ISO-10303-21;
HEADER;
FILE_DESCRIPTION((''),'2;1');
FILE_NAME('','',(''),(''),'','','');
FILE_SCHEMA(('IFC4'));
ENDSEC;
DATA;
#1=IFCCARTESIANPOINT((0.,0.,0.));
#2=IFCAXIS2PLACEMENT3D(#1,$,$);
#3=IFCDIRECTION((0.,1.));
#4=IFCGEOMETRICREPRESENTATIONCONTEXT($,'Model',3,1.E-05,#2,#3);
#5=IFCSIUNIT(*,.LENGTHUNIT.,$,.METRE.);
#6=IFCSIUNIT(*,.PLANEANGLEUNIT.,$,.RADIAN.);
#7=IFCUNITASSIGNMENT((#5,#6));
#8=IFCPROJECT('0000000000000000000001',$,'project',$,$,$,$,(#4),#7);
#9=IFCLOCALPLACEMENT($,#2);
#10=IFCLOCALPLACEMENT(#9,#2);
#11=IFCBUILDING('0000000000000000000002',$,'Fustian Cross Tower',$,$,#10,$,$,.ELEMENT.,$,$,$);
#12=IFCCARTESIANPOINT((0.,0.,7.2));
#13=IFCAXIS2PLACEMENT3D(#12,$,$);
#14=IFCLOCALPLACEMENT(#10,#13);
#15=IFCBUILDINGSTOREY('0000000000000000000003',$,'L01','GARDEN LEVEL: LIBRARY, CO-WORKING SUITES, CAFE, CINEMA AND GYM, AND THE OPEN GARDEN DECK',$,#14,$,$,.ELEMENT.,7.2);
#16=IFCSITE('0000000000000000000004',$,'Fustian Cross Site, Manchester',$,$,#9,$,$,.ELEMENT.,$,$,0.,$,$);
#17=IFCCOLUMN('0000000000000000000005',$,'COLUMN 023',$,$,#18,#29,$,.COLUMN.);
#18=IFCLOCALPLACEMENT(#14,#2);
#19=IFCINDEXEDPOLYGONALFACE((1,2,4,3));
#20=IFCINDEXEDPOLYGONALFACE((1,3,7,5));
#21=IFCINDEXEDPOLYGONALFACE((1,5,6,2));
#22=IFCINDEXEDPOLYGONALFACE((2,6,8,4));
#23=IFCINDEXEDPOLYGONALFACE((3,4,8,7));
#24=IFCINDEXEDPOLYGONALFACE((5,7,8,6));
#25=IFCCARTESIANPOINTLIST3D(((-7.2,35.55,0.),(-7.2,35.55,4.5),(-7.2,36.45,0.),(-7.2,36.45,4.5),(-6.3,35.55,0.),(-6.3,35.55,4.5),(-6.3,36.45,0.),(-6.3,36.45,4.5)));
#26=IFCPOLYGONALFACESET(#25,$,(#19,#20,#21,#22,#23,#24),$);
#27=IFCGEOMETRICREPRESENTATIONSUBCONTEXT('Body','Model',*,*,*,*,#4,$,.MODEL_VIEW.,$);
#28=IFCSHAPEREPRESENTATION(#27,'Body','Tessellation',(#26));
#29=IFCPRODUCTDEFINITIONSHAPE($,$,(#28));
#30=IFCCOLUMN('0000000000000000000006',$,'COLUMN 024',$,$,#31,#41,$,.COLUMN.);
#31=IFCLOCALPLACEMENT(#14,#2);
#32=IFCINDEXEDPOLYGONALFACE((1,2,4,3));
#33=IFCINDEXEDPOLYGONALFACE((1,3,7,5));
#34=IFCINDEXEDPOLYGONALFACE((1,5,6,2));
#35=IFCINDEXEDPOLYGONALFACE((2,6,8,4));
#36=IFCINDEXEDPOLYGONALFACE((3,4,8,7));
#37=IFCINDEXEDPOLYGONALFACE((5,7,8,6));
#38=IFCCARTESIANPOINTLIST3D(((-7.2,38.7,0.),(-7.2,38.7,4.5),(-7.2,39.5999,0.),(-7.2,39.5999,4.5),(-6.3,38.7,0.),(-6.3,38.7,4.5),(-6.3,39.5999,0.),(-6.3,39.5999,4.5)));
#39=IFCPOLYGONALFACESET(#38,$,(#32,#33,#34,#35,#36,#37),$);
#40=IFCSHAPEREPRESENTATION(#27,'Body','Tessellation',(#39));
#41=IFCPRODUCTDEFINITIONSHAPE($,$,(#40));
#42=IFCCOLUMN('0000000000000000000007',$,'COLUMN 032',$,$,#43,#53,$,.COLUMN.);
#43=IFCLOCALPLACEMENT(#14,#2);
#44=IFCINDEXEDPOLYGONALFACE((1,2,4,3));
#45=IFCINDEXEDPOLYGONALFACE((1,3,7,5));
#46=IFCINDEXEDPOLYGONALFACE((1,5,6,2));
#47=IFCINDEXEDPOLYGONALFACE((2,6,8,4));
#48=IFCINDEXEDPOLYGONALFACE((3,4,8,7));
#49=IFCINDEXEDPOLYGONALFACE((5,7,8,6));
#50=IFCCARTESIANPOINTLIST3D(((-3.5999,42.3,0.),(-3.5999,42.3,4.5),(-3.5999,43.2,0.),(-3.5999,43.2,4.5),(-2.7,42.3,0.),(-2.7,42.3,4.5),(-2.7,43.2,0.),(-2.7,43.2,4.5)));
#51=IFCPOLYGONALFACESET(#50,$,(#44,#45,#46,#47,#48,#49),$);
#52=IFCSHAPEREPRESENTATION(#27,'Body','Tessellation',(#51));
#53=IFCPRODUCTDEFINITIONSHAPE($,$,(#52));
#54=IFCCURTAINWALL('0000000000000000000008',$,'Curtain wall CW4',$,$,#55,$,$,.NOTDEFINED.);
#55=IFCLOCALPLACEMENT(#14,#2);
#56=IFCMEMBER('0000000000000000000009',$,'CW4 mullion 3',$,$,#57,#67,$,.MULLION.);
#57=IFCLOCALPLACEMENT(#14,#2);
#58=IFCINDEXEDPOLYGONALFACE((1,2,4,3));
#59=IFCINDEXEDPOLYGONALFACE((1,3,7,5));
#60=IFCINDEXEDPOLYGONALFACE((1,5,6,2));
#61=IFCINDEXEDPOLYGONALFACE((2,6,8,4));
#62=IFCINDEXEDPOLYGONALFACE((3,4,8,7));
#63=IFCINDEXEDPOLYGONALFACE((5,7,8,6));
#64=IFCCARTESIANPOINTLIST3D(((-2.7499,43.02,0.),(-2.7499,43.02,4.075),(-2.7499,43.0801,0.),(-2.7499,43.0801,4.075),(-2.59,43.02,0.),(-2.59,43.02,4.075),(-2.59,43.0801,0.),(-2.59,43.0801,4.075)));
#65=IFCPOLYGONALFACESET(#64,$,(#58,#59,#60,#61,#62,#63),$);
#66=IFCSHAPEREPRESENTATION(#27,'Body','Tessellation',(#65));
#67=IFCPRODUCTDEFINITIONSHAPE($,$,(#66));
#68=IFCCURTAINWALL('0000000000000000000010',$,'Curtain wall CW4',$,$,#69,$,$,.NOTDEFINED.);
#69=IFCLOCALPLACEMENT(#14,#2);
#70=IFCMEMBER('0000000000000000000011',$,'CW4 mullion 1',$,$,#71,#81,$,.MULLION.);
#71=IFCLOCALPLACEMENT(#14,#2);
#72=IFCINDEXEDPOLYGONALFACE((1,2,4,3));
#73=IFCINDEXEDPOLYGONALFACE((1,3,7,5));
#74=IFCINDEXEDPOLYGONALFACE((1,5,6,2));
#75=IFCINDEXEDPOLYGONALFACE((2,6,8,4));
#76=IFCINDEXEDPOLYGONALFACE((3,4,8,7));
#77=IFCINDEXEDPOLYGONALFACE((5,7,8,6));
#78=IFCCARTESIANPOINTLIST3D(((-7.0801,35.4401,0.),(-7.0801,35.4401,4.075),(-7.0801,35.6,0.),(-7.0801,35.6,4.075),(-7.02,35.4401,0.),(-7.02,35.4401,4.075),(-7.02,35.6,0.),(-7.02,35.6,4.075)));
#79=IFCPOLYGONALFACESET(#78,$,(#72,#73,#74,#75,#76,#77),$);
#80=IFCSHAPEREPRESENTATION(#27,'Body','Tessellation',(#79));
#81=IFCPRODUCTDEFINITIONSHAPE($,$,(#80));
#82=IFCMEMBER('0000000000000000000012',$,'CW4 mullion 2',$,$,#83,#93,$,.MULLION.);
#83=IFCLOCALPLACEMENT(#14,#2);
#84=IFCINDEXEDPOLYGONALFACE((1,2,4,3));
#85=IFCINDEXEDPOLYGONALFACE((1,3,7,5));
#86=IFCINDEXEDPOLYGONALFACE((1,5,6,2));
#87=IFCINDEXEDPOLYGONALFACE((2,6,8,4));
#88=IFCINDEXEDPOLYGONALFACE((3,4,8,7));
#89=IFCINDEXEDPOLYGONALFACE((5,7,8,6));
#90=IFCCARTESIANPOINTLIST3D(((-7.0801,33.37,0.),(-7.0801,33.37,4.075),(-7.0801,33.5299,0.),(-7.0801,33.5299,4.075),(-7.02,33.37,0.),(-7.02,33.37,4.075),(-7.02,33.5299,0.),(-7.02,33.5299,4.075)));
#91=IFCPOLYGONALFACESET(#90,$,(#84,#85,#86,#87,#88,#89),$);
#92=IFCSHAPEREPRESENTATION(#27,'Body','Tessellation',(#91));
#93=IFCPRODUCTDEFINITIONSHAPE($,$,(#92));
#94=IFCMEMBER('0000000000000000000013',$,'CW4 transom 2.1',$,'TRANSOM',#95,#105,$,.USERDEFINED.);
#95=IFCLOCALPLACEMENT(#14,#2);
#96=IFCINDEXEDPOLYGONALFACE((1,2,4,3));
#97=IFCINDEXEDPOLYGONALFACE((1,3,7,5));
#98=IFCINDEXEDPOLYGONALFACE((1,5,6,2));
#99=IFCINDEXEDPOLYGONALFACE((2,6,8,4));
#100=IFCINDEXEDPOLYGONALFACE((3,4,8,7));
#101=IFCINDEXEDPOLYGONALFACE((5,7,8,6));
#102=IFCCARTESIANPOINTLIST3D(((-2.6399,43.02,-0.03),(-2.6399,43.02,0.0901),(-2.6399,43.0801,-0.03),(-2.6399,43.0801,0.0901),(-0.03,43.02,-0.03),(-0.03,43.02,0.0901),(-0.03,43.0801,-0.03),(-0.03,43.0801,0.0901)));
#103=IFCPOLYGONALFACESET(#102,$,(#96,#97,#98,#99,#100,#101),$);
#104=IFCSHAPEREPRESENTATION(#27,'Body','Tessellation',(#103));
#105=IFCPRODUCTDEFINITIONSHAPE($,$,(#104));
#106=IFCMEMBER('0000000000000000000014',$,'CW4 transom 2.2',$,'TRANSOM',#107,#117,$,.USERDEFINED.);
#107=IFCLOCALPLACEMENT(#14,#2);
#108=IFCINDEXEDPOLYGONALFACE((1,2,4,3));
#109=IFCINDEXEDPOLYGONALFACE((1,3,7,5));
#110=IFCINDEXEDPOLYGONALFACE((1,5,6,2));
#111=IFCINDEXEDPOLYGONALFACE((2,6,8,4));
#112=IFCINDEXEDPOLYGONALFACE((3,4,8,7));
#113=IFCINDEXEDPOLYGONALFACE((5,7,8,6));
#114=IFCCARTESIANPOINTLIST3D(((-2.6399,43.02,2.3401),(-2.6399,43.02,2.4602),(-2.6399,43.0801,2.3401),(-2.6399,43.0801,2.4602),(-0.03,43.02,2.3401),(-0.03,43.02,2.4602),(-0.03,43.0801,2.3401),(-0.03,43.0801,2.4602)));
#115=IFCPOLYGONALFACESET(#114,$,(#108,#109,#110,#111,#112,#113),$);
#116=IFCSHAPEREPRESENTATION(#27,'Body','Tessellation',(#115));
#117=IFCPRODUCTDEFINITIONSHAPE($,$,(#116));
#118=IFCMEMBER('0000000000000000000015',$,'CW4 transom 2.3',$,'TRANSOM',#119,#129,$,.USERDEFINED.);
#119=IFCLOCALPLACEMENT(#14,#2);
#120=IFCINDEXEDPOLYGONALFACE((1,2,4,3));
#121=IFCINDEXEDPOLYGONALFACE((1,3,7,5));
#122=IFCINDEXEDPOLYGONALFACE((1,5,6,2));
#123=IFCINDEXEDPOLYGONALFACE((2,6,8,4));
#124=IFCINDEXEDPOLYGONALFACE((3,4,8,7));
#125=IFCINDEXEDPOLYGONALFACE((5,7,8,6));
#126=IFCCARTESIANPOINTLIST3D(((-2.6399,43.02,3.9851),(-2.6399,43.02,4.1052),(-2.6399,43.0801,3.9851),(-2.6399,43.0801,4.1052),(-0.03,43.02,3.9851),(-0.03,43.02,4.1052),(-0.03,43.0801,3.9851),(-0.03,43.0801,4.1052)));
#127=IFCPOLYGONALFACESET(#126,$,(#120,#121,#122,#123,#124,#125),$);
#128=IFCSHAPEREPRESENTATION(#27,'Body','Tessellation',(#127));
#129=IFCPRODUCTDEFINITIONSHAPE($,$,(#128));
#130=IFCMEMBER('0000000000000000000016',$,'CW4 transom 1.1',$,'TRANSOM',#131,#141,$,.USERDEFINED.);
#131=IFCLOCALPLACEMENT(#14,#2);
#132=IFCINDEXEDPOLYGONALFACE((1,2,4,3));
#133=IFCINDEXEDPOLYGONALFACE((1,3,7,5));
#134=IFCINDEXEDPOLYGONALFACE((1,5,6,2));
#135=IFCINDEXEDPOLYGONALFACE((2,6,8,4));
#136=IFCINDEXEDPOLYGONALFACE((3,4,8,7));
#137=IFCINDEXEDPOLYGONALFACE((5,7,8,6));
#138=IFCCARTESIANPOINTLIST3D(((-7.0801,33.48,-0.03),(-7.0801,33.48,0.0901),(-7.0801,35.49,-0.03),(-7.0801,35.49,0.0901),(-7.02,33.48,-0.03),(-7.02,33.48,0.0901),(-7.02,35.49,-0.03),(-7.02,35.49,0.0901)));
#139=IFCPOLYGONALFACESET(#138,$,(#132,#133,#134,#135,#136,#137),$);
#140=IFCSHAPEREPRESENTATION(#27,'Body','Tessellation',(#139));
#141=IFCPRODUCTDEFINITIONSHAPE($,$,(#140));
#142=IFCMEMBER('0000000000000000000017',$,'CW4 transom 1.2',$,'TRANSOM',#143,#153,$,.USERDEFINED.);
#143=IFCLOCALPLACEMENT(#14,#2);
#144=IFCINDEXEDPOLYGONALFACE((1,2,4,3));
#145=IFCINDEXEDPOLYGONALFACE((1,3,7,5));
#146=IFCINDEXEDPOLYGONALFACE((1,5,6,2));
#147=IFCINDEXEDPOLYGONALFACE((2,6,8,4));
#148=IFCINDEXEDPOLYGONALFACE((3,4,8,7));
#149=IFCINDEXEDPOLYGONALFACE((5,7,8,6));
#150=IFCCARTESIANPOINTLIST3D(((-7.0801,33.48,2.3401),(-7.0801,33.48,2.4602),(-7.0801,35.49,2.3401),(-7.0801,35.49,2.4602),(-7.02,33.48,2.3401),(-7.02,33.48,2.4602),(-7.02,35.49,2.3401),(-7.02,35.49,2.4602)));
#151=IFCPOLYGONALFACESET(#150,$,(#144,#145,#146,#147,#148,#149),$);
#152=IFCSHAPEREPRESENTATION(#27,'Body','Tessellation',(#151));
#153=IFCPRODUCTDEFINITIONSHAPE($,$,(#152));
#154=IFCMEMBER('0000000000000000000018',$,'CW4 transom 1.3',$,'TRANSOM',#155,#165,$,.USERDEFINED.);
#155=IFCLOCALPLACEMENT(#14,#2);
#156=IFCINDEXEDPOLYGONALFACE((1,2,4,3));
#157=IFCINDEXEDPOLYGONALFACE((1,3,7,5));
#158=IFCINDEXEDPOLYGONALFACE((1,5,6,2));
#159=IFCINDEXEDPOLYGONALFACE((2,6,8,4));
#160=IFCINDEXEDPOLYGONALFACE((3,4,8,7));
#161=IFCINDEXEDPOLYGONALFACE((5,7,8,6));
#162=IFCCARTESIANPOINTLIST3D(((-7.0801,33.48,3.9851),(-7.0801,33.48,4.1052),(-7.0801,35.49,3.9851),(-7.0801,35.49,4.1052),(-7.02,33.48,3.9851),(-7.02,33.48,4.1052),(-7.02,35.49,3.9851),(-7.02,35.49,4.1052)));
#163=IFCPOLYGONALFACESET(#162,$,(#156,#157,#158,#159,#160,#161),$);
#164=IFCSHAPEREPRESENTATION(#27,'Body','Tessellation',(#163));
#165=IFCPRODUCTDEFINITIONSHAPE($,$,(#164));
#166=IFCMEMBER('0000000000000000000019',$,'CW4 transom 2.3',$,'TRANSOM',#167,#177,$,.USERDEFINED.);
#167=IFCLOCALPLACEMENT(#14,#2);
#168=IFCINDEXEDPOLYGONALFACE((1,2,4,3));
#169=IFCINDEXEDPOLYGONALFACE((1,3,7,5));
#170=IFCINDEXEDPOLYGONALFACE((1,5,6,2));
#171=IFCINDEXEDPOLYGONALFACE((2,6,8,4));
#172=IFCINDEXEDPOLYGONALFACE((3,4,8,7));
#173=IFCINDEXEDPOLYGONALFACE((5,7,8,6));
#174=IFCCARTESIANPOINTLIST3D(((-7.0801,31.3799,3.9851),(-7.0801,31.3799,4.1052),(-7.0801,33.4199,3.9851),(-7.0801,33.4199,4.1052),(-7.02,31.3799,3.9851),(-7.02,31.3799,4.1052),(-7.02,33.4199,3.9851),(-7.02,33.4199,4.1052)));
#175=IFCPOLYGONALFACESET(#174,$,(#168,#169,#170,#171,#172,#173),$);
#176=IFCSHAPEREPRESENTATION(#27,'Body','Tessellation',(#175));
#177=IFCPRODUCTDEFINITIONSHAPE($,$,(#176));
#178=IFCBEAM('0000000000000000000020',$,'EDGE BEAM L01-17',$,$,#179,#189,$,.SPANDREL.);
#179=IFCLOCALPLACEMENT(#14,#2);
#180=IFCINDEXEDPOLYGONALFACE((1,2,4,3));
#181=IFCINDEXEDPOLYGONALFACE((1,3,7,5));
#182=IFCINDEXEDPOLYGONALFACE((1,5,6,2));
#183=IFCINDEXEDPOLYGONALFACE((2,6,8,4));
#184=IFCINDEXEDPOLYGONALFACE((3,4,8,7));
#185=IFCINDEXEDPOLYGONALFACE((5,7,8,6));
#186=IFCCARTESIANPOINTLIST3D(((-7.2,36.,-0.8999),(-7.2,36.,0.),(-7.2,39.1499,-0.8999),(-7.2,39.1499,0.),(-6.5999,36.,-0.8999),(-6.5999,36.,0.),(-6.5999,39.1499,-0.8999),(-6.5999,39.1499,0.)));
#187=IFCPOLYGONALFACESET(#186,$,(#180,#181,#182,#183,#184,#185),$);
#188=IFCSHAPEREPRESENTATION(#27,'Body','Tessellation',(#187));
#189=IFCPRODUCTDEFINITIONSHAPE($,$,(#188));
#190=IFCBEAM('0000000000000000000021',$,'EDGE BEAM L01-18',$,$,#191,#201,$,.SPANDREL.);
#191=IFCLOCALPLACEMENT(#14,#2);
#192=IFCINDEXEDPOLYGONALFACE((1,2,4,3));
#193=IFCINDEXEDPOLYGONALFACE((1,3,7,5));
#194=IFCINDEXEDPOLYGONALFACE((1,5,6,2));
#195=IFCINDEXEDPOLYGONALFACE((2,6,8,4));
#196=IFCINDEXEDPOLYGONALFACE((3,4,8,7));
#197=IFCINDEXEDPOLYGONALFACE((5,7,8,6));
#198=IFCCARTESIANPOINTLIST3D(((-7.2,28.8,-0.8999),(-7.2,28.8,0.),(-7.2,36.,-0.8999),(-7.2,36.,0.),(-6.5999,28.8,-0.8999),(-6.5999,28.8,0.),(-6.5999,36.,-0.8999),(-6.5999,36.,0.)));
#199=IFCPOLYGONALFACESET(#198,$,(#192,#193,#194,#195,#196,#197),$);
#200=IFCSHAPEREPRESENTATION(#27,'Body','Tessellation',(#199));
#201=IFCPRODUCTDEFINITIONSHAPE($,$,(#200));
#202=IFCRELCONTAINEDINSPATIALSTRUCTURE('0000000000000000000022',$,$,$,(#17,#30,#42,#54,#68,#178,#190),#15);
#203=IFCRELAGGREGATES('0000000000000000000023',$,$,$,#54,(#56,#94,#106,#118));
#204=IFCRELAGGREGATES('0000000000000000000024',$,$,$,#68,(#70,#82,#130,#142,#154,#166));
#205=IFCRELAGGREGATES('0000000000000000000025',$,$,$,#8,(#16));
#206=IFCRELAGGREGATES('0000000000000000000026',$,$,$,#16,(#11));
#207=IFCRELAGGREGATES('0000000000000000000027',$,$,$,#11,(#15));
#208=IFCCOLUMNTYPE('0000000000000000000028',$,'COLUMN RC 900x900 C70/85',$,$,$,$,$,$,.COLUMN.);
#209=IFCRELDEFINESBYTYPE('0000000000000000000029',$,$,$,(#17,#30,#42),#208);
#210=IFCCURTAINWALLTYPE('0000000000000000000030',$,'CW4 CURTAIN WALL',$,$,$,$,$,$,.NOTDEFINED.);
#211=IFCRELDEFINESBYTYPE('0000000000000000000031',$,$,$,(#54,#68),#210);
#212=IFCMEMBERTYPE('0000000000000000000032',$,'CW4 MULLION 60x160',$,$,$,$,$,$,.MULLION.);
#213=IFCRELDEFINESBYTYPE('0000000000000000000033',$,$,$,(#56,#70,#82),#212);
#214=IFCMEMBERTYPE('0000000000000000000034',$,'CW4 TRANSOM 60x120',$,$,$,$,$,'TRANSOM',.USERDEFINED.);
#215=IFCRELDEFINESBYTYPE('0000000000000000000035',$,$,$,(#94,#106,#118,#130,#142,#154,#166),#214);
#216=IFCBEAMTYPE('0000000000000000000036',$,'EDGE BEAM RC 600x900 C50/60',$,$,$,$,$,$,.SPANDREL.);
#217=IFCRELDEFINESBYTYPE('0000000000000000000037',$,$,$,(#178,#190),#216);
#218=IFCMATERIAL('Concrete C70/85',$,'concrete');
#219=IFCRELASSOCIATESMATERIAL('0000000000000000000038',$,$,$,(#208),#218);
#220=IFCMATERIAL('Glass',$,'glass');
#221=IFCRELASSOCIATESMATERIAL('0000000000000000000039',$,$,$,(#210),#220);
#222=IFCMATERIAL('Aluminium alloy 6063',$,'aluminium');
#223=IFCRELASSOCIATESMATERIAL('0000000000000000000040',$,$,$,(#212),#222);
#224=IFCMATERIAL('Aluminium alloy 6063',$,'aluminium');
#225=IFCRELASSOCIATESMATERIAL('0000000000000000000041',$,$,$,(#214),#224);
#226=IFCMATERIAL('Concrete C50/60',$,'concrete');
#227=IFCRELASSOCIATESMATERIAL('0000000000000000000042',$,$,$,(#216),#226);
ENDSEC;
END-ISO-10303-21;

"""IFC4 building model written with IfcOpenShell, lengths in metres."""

from ifc_helpers import new_model, si_unit, direction, frame, origin, origin_2d, place, context, subcontext, project, spatial, rectangle, extrude, material, material_profile, profile_set, type_object, element, aggregate, save


model = new_model("IFC4")

# Units and contexts
model_context = context("Model", 3, precision=1e-05, world=origin(), true_north=direction((0.0, 1.0)))
body_context = subcontext(model_context, "Body", "Model", "MODEL_VIEW")
ifc_project = project(units=[si_unit("LENGTHUNIT", "METRE"), si_unit("PLANEANGLEUNIT", "RADIAN")], contexts=[model_context])

# Site, building, storey
site_placement = place(None, origin())
site = spatial("IfcSite", under=ifc_project, at=site_placement, Name="Fustian Cross Site, Manchester", CompositionType="ELEMENT", RefElevation=0.0)
building_placement = place(site_placement, origin())
building = spatial("IfcBuilding", under=site, at=building_placement, Name="Fustian Cross Tower", CompositionType="ELEMENT")
storey_placement = place(building_placement, frame((0.0, 0.0, 7.2)))
storey = spatial("IfcBuildingStorey", under=building, at=storey_placement, Name="L01", Description="GARDEN LEVEL: LIBRARY, CO-WORKING SUITES, CAFE, CINEMA AND GYM, AND THE OPEN GARDEN DECK", CompositionType="ELEMENT", Elevation=7.2)

# Columns
ifc_material_1 = material(Name="Concrete C70/85", Category="concrete")
ifc_material_profile_1 = material_profile(ifc_material_1, rectangle(XDim=0.8999, YDim=0.8999, at=origin_2d()), Name="RC 900x900")
ifc_profile_set_1 = profile_set([ifc_material_profile_1], Name="Concrete C70/85")
column_type = type_object("IfcColumnType", Name="COLUMN RC 900x900 C70/85", PredefinedType="COLUMN", material=ifc_profile_set_1)
for number, where, z_axis, x_axis, name in (
    (1, (-6.75, 36.0, 0.0), (0.0, 0.0, 1.0), (1.0, 0.0, 0.0), "COLUMN 023"),
    (2, (-6.75, 39.1499, 0.0), (0.0, 0.0, 1.0), (1.0, 0.0, 0.0), "COLUMN 024"),
    (3, (-3.1499, 42.75, 0.0), (0.0, 0.0, 1.0), (1.0, 0.0, 0.0), "COLUMN 032"),
):
    element("IfcColumn", number, at=place(storey_placement, frame(where, z_axis=z_axis, x_axis=x_axis)), inside=storey, type_object=column_type, Name=name, PredefinedType="COLUMN", context=body_context, shape_type="SweptSolid", body=[
        extrude(rectangle(XDim=0.8999, YDim=0.8999, at=origin_2d()), origin(), (0.0, 0.0, 1.0), 4.5),
    ])

# Curtain wall, member
ifc_material_2 = material(Name="Glass", Category="glass")
curtain_wall_type = type_object("IfcCurtainWallType", Name="CW4 CURTAIN WALL", PredefinedType="NOTDEFINED", material=ifc_material_2)
curtain_wall_1_placement = place(storey_placement, origin())
curtain_wall_1 = element("IfcCurtainWall", 4, at=curtain_wall_1_placement, inside=storey, type_object=curtain_wall_type, Name="Curtain wall CW4", PredefinedType="NOTDEFINED")
ifc_material_3 = material(Name="Aluminium alloy 6063", Category="aluminium")
ifc_material_profile_2 = material_profile(ifc_material_3, rectangle(XDim=0.0601, YDim=0.1599, at=origin_2d()), Name="CW4 MULLION 60x160")
ifc_profile_set_2 = profile_set([ifc_material_profile_2], Name="Aluminium alloy 6063")
member_type_1 = type_object("IfcMemberType", Name="CW4 MULLION 60x160", PredefinedType="MULLION", material=ifc_profile_set_2)
member_1_placement = place(storey_placement, frame((-2.6699, 43.05, 0.0), z_axis=(0.0, 0.0, 1.0), x_axis=(0.0, -1.0, 0.0)))
member_1 = element("IfcMember", 5, at=member_1_placement, type_object=member_type_1, Name="CW4 mullion 3", PredefinedType="MULLION", context=body_context, shape_type="SweptSolid", body=[
    extrude(rectangle(XDim=0.0601, YDim=0.1599, at=origin_2d()), origin(), (0.0, 0.0, 1.0), 4.075),
])

# Curtain wall, members
curtain_wall_2_placement = place(storey_placement, origin())
curtain_wall_2 = element("IfcCurtainWall", 6, at=curtain_wall_2_placement, inside=storey, type_object=curtain_wall_type, Name="Curtain wall CW4", PredefinedType="NOTDEFINED")
member_2_placement = place(storey_placement, frame((-7.05, 35.52, 0.0), z_axis=(0.0, 0.0, 1.0), x_axis=(1.0, 0.0, 0.0)))
member_2 = element("IfcMember", 7, at=member_2_placement, type_object=member_type_1, Name="CW4 mullion 1", PredefinedType="MULLION", context=body_context, shape_type="SweptSolid", body=[
    extrude(rectangle(XDim=0.0601, YDim=0.1599, at=origin_2d()), origin(), (0.0, 0.0, 1.0), 4.075),
])
member_3_placement = place(storey_placement, frame((-7.05, 33.45, 0.0), z_axis=(0.0, 0.0, 1.0), x_axis=(1.0, 0.0, 0.0)))
member_3 = element("IfcMember", 8, at=member_3_placement, type_object=member_type_1, Name="CW4 mullion 2", PredefinedType="MULLION", context=body_context, shape_type="SweptSolid", body=[
    extrude(rectangle(XDim=0.0601, YDim=0.1599, at=origin_2d()), origin(), (0.0, 0.0, 1.0), 4.075),
])

# Members
ifc_material_4 = material(Name="Aluminium alloy 6063", Category="aluminium")
ifc_material_profile_3 = material_profile(ifc_material_4, rectangle(XDim=0.0601, YDim=0.1201, at=origin_2d()), Name="CW4 TRANSOM 60x120")
ifc_profile_set_3 = profile_set([ifc_material_profile_3], Name="Aluminium alloy 6063")
member_type_2 = type_object("IfcMemberType", Name="CW4 TRANSOM 60x120", ElementType="TRANSOM", PredefinedType="USERDEFINED", material=ifc_profile_set_3)
member_4_placement = place(storey_placement, frame((-0.03, 43.05, 0.03), z_axis=(-1.0, 0.0, 0.0), x_axis=(0.0, -1.0, 0.0)))
member_4 = element("IfcMember", 9, at=member_4_placement, type_object=member_type_2, Name="CW4 transom 2.1", ObjectType="TRANSOM", PredefinedType="USERDEFINED", context=body_context, shape_type="SweptSolid", body=[
    extrude(rectangle(XDim=0.0601, YDim=0.1201, at=origin_2d()), origin(), (0.0, 0.0, 1.0), 2.6099),
])
member_5_placement = place(storey_placement, frame((-0.03, 43.05, 2.4001), z_axis=(-1.0, 0.0, 0.0), x_axis=(0.0, -1.0, 0.0)))
member_5 = element("IfcMember", 10, at=member_5_placement, type_object=member_type_2, Name="CW4 transom 2.2", ObjectType="TRANSOM", PredefinedType="USERDEFINED", context=body_context, shape_type="SweptSolid", body=[
    extrude(rectangle(XDim=0.0601, YDim=0.1201, at=origin_2d()), origin(), (0.0, 0.0, 1.0), 2.6099),
])
member_6_placement = place(storey_placement, frame((-0.03, 43.05, 4.0452), z_axis=(-1.0, 0.0, 0.0), x_axis=(0.0, -1.0, 0.0)))
member_6 = element("IfcMember", 11, at=member_6_placement, type_object=member_type_2, Name="CW4 transom 2.3", ObjectType="TRANSOM", PredefinedType="USERDEFINED", context=body_context, shape_type="SweptSolid", body=[
    extrude(rectangle(XDim=0.0601, YDim=0.1201, at=origin_2d()), origin(), (0.0, 0.0, 1.0), 2.6099),
])
member_7_placement = place(storey_placement, frame((-7.05, 35.49, 0.03), z_axis=(0.0, -1.0, 0.0), x_axis=(1.0, 0.0, 0.0)))
member_7 = element("IfcMember", 12, at=member_7_placement, type_object=member_type_2, Name="CW4 transom 1.1", ObjectType="TRANSOM", PredefinedType="USERDEFINED", context=body_context, shape_type="SweptSolid", body=[
    extrude(rectangle(XDim=0.0601, YDim=0.1201, at=origin_2d()), origin(), (0.0, 0.0, 1.0), 2.01),
])
member_8_placement = place(storey_placement, frame((-7.05, 35.49, 2.4001), z_axis=(0.0, -1.0, 0.0), x_axis=(1.0, 0.0, 0.0)))
member_8 = element("IfcMember", 13, at=member_8_placement, type_object=member_type_2, Name="CW4 transom 1.2", ObjectType="TRANSOM", PredefinedType="USERDEFINED", context=body_context, shape_type="SweptSolid", body=[
    extrude(rectangle(XDim=0.0601, YDim=0.1201, at=origin_2d()), origin(), (0.0, 0.0, 1.0), 2.01),
])
member_9_placement = place(storey_placement, frame((-7.05, 35.49, 4.0452), z_axis=(0.0, -1.0, 0.0), x_axis=(1.0, 0.0, 0.0)))
member_9 = element("IfcMember", 14, at=member_9_placement, type_object=member_type_2, Name="CW4 transom 1.3", ObjectType="TRANSOM", PredefinedType="USERDEFINED", context=body_context, shape_type="SweptSolid", body=[
    extrude(rectangle(XDim=0.0601, YDim=0.1201, at=origin_2d()), origin(), (0.0, 0.0, 1.0), 2.01),
])
member_10_placement = place(storey_placement, frame((-7.05, 33.4199, 4.0452), z_axis=(0.0, -1.0, 0.0), x_axis=(1.0, 0.0, 0.0)))
member_10 = element("IfcMember", 15, at=member_10_placement, type_object=member_type_2, Name="CW4 transom 2.3", ObjectType="TRANSOM", PredefinedType="USERDEFINED", context=body_context, shape_type="SweptSolid", body=[
    extrude(rectangle(XDim=0.0601, YDim=0.1201, at=origin_2d()), origin(), (0.0, 0.0, 1.0), 2.04),
])

# Beams
ifc_material_5 = material(Name="Concrete C50/60", Category="concrete")
ifc_material_profile_4 = material_profile(ifc_material_5, rectangle(XDim=0.6001, YDim=0.8999, at=origin_2d()), Name="RC 600x900")
ifc_profile_set_4 = profile_set([ifc_material_profile_4], Name="Concrete C50/60")
beam_type = type_object("IfcBeamType", Name="EDGE BEAM RC 600x900 C50/60", PredefinedType="SPANDREL", material=ifc_profile_set_4)
beam_1_placement = place(storey_placement, frame((-6.8999, 39.1499, -0.45), z_axis=(0.0, -1.0, 0.0), x_axis=(1.0, 0.0, 0.0)))
element("IfcBeam", 16, at=beam_1_placement, inside=storey, type_object=beam_type, Name="EDGE BEAM L01-17", PredefinedType="SPANDREL", context=body_context, shape_type="SweptSolid", body=[
    extrude(rectangle(XDim=0.6001, YDim=0.8999, at=origin_2d()), origin(), (0.0, 0.0, 1.0), 3.1499),
])
beam_2_placement = place(storey_placement, frame((-6.8999, 36.0, -0.45), z_axis=(0.0, -1.0, 0.0), x_axis=(1.0, 0.0, 0.0)))
element("IfcBeam", 17, at=beam_2_placement, inside=storey, type_object=beam_type, Name="EDGE BEAM L01-18", PredefinedType="SPANDREL", context=body_context, shape_type="SweptSolid", body=[
    extrude(rectangle(XDim=0.6001, YDim=0.8999, at=origin_2d()), origin(), (0.0, 0.0, 1.0), 7.2),
])

aggregate(curtain_wall_1, [member_1, member_4, member_5, member_6])
aggregate(curtain_wall_2, [member_2, member_3, member_7, member_8, member_9, member_10])

save(model, "model.ifc")
